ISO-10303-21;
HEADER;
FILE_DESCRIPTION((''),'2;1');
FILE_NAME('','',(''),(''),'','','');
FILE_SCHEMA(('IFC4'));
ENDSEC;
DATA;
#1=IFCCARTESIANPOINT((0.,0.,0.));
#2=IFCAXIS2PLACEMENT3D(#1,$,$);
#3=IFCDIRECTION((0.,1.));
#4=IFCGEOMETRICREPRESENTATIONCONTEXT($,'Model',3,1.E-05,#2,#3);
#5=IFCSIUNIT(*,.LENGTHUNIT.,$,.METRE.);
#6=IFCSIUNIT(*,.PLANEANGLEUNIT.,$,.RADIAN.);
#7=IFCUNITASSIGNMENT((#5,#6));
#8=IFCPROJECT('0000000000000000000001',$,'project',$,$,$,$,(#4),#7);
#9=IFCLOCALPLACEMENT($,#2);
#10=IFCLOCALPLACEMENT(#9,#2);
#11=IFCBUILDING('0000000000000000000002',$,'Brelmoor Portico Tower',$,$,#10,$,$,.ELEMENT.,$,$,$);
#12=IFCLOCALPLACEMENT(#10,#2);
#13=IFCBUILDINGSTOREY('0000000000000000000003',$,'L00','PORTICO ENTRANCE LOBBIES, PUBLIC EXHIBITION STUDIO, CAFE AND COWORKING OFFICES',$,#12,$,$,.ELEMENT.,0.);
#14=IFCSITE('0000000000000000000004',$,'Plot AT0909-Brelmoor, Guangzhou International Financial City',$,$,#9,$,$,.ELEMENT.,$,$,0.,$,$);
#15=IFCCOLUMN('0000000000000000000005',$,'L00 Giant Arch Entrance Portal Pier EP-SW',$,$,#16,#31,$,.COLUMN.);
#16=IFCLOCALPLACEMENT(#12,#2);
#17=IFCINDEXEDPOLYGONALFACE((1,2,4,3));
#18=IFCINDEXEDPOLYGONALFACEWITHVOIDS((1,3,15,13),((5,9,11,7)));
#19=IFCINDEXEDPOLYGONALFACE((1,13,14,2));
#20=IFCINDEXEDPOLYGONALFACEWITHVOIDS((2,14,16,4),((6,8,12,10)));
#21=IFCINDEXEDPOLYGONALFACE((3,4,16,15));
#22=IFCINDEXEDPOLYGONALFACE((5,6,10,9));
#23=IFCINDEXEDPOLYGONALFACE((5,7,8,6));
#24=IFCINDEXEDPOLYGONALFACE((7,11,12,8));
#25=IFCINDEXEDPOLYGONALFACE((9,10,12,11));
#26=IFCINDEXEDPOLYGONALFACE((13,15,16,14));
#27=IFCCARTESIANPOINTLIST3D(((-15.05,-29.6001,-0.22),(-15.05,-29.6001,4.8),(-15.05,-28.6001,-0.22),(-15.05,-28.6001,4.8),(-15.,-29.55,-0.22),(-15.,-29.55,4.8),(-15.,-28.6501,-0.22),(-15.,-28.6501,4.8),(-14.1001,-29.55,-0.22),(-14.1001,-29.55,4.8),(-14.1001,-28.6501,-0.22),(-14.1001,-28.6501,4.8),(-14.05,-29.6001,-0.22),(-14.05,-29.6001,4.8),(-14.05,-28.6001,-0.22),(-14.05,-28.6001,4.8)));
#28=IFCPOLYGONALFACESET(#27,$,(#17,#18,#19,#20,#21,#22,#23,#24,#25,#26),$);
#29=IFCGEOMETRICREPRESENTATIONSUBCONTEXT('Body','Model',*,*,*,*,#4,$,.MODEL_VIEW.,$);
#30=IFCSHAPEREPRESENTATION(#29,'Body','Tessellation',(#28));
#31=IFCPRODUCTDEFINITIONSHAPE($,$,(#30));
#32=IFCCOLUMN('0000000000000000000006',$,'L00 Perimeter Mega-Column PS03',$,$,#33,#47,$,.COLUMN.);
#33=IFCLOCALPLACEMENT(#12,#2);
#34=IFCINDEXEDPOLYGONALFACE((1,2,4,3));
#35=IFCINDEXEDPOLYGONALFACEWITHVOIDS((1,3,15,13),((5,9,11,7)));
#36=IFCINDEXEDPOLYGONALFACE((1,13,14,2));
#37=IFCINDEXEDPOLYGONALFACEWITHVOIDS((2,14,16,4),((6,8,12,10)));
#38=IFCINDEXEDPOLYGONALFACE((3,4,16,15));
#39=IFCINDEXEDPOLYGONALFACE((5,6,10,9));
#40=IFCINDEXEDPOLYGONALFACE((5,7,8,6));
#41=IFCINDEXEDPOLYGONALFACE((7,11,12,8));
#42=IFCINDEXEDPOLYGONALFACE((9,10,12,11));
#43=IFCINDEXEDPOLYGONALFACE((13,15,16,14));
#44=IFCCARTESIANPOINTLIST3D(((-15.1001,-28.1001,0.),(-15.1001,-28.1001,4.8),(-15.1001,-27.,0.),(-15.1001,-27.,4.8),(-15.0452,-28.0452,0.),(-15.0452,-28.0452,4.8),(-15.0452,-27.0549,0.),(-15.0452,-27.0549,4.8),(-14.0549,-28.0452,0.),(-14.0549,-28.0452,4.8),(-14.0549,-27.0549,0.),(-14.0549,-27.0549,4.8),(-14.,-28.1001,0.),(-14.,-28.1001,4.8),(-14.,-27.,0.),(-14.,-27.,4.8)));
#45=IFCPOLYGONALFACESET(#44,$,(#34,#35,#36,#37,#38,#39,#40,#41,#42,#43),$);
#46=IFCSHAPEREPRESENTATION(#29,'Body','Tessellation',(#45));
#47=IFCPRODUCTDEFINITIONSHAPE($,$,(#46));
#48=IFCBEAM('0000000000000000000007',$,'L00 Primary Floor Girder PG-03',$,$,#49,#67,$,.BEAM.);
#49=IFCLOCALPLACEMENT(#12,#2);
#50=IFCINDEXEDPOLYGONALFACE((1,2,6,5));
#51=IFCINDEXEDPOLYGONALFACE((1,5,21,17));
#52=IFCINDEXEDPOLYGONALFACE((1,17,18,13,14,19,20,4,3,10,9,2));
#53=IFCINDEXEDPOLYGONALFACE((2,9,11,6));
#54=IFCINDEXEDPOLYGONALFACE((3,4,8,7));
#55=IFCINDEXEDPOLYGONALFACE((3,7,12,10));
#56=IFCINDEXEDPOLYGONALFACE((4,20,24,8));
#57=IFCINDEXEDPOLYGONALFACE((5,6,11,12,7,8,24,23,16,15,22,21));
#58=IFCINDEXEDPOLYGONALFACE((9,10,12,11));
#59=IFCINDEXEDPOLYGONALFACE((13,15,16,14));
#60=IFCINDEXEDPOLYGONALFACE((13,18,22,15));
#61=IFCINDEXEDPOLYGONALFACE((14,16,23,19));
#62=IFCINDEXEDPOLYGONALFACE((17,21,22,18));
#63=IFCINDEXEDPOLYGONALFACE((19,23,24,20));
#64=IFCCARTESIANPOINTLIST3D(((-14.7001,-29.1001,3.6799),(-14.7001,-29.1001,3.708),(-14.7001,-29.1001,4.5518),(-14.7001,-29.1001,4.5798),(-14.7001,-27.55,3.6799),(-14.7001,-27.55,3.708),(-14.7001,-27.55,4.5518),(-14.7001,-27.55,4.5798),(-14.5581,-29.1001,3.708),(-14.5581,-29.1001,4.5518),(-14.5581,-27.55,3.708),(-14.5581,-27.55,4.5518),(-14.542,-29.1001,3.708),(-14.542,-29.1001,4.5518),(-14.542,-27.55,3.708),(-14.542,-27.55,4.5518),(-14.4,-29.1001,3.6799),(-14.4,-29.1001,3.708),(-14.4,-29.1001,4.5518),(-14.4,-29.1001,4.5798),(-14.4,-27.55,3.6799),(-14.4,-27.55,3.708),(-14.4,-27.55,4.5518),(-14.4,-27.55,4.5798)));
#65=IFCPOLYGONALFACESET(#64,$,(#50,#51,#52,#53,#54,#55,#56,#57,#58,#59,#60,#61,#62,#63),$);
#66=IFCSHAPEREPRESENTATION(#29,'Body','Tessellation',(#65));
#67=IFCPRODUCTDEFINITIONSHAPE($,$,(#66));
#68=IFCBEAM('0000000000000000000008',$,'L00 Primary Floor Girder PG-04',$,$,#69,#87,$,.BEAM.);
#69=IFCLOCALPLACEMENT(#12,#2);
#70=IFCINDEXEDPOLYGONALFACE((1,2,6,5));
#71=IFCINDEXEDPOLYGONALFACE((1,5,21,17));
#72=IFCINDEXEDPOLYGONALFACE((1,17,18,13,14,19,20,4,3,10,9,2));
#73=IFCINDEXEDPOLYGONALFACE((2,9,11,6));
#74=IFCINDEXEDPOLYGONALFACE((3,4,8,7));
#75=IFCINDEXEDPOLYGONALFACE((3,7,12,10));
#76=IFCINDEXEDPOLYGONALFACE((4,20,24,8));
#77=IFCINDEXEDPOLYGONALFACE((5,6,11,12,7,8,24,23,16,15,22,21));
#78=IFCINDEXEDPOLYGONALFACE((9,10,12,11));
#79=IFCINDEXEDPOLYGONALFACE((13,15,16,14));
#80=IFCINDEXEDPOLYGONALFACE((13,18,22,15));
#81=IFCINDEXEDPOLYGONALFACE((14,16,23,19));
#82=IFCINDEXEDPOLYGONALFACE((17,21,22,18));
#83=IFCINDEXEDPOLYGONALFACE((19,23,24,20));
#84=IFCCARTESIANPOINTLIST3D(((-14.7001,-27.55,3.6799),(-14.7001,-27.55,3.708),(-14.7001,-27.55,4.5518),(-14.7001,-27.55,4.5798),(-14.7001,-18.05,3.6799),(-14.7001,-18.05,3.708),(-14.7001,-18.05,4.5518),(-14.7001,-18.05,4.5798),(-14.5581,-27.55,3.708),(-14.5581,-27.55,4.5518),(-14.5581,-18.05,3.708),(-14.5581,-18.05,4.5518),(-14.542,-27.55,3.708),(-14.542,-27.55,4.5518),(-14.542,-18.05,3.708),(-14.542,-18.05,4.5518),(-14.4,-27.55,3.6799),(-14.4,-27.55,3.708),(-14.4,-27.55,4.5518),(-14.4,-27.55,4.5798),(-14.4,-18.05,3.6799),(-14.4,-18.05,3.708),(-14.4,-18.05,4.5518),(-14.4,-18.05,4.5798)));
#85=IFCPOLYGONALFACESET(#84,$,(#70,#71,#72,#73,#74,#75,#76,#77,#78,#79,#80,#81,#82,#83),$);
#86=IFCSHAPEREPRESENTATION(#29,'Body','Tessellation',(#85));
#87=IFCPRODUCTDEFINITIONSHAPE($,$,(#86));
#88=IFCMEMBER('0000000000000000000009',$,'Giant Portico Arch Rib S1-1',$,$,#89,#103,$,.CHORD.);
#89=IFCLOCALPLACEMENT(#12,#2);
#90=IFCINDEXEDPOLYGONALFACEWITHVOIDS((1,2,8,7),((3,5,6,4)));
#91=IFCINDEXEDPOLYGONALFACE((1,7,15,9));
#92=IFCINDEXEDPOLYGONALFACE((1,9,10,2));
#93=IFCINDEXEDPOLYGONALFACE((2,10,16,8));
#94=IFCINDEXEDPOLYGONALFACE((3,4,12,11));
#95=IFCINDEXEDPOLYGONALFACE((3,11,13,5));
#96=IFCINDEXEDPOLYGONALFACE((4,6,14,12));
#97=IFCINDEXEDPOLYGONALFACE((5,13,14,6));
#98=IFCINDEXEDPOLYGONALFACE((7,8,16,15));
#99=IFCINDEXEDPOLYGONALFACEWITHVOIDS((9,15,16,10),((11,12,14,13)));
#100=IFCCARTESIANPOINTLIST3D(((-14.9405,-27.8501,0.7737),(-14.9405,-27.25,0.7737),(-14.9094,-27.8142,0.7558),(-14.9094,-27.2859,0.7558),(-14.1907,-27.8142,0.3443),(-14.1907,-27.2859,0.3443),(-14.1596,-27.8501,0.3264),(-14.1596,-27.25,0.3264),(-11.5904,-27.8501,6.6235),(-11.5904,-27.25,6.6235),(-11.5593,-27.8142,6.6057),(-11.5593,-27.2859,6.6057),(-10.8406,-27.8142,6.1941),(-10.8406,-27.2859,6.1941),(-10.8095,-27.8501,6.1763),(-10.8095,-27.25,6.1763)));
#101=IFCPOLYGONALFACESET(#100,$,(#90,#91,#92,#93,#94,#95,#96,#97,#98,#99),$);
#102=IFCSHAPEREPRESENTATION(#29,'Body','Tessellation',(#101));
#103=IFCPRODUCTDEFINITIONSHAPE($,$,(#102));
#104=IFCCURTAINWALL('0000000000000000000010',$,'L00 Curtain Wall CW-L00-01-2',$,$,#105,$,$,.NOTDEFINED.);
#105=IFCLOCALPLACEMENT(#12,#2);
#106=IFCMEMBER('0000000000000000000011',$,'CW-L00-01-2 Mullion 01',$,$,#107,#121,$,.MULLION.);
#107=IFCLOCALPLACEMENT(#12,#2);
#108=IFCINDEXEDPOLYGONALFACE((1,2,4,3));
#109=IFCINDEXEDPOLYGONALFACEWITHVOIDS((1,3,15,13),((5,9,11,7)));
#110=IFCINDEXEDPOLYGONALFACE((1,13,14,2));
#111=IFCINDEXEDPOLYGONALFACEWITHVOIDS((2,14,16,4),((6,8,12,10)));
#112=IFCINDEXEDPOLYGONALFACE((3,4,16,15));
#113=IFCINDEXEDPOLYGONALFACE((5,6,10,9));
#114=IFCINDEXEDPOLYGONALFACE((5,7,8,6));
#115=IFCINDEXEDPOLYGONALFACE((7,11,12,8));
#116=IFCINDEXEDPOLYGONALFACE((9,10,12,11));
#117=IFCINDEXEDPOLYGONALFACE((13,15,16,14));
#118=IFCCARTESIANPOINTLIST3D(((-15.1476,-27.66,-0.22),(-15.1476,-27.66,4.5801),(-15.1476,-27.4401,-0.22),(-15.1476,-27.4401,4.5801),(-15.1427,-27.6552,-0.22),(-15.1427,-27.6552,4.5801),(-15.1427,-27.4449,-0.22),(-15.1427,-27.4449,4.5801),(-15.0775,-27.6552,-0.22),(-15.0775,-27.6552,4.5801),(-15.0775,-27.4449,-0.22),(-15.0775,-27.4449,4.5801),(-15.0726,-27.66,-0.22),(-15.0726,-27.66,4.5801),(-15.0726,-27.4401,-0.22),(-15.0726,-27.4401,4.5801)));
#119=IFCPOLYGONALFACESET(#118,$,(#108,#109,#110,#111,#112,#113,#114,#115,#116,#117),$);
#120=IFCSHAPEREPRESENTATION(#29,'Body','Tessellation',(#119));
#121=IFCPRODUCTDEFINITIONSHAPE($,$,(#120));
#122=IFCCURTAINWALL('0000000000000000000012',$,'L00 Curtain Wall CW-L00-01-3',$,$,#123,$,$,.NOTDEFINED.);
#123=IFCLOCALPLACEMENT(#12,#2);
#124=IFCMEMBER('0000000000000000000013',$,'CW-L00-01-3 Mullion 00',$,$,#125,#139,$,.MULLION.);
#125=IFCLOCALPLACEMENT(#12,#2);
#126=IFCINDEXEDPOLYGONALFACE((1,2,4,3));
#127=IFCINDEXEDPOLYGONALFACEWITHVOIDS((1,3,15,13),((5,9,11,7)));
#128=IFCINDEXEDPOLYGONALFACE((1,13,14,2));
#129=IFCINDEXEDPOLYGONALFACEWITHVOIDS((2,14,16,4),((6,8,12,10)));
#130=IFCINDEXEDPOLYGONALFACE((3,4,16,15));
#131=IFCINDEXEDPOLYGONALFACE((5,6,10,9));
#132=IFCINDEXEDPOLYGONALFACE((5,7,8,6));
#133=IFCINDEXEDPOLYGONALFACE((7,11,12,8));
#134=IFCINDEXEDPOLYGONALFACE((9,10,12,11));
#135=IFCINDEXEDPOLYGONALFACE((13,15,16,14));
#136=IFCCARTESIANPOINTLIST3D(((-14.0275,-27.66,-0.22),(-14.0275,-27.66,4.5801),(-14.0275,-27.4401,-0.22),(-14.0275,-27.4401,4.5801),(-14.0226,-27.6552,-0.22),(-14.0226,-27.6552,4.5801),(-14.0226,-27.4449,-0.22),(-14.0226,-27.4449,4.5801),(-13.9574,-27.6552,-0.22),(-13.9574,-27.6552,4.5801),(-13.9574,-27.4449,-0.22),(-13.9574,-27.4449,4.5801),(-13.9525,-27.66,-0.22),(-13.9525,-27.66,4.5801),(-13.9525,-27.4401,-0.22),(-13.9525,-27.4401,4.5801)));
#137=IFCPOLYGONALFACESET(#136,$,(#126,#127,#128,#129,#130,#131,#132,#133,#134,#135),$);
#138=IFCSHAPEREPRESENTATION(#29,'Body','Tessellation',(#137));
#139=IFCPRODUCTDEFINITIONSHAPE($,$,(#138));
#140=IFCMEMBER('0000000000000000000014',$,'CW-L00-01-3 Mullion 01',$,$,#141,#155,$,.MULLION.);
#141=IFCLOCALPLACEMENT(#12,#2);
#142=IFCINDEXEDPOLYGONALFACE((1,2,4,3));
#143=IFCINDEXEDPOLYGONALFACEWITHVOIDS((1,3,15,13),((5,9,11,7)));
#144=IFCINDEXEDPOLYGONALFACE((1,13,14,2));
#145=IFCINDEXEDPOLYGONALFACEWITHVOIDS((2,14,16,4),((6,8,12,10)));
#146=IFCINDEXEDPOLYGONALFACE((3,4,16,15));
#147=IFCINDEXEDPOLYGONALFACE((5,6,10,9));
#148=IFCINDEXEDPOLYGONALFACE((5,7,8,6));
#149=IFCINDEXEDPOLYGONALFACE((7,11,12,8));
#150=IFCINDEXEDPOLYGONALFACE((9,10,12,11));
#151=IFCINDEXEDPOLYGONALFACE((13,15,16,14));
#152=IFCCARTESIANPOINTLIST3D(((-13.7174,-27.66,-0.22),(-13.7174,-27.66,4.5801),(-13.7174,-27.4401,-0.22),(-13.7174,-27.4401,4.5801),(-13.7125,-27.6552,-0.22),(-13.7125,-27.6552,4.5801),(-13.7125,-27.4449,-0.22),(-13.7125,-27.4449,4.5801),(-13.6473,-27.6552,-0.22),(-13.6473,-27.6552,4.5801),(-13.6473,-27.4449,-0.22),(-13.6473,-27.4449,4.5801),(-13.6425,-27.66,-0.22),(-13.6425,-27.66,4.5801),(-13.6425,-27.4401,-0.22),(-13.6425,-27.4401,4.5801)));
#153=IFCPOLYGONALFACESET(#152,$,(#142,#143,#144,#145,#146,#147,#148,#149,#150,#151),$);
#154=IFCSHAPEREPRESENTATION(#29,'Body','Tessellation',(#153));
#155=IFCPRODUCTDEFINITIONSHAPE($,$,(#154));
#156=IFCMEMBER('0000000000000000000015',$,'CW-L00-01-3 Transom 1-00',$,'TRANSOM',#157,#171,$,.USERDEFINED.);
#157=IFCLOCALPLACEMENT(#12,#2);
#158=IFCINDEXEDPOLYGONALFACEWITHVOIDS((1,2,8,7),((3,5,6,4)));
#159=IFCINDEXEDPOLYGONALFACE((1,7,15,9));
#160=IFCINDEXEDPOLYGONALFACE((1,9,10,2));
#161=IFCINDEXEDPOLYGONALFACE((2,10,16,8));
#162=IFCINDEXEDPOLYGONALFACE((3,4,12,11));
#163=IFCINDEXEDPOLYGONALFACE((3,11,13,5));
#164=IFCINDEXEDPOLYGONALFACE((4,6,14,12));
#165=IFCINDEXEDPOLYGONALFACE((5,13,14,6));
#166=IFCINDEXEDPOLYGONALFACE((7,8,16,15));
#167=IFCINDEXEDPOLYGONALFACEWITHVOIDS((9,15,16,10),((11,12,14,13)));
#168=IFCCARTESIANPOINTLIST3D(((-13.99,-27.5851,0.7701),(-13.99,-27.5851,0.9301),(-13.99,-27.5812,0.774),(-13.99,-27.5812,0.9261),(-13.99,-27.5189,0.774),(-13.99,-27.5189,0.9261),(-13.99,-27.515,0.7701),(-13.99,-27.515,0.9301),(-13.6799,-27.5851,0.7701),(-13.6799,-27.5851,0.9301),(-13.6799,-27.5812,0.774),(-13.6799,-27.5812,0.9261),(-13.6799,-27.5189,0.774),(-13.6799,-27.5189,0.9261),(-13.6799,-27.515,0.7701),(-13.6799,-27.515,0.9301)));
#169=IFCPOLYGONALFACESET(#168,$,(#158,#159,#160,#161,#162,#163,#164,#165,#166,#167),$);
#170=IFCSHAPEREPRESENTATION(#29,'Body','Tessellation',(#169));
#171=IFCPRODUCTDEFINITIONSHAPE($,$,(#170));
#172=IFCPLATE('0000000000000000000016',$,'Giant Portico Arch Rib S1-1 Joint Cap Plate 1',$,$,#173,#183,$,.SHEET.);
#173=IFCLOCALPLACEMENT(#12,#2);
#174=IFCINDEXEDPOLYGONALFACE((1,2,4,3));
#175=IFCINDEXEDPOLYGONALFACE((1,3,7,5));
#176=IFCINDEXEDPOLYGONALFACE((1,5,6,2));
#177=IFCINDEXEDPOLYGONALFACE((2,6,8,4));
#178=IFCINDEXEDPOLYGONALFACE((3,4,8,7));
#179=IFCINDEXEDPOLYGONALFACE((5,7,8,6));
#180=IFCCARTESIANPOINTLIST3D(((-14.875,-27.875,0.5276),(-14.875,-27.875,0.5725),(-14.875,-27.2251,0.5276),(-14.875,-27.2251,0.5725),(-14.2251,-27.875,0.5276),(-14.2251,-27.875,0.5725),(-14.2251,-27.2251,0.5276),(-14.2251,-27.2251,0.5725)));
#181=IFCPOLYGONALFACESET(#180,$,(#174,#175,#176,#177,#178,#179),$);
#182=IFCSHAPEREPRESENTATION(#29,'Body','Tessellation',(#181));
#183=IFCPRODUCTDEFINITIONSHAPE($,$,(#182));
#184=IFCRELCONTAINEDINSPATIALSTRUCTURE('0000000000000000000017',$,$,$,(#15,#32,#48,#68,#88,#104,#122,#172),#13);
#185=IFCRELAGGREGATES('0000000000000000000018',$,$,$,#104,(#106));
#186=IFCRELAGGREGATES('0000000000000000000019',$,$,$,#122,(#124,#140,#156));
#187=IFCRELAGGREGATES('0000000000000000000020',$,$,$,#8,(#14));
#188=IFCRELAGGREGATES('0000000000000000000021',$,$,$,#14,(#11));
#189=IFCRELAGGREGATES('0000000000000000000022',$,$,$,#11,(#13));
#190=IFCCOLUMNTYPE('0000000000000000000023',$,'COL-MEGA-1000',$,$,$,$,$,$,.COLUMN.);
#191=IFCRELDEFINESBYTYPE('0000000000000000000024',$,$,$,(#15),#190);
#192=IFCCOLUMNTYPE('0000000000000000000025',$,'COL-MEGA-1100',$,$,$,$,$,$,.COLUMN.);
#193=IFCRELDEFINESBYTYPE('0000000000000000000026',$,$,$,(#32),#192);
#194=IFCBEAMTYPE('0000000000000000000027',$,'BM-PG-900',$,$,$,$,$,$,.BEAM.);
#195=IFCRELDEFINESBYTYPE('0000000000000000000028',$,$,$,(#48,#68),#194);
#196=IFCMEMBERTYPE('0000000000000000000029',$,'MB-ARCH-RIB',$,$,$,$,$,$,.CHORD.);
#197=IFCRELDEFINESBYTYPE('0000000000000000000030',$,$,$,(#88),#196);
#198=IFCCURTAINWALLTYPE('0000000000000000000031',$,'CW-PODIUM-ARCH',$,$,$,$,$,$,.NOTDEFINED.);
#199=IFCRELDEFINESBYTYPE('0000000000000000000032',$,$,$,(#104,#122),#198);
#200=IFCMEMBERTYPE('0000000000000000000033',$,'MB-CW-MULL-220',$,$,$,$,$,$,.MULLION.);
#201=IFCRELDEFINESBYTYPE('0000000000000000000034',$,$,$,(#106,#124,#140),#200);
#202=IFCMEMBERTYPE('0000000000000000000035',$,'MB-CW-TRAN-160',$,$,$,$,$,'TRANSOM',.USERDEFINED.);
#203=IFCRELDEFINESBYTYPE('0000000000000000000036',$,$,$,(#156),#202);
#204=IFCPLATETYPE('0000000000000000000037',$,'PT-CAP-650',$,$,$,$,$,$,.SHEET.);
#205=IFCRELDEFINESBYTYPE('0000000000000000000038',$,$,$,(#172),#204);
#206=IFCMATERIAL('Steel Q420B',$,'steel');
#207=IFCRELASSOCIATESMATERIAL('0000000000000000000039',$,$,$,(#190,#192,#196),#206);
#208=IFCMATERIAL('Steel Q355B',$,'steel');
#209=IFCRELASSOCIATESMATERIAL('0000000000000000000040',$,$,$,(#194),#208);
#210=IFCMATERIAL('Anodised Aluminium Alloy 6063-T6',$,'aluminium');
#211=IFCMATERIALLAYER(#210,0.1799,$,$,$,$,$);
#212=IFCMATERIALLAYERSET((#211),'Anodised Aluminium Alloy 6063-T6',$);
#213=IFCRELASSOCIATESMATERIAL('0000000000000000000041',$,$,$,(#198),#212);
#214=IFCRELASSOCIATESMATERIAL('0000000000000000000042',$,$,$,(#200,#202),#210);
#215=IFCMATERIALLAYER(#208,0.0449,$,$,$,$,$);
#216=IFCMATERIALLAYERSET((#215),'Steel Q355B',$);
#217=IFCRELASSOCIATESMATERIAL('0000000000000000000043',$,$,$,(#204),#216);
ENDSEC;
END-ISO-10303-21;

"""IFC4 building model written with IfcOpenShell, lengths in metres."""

from ifc_helpers import new_model, si_unit, direction, frame, origin, origin_2d, place, context, subcontext, project, spatial, rectangle, hollow_rectangle, i_section, extrude, material, layer, layer_set, material_profile, profile_set, type_object, element, aggregate, save


model = new_model("IFC4")

# Units and contexts
model_context = context("Model", 3, precision=1e-05, world=origin(), true_north=direction((0.0, 1.0)))
body_context = subcontext(model_context, "Body", "Model", "MODEL_VIEW")
ifc_project = project(units=[si_unit("LENGTHUNIT", "METRE"), si_unit("PLANEANGLEUNIT", "RADIAN")], contexts=[model_context])

# Site, building, storey
site_placement = place(None, origin())
site = spatial("IfcSite", under=ifc_project, at=site_placement, Name="Plot AT0909-Brelmoor, Guangzhou International Financial City", CompositionType="ELEMENT", RefElevation=0.0)
building_placement = place(site_placement, origin())
building = spatial("IfcBuilding", under=site, at=building_placement, Name="Brelmoor Portico Tower", CompositionType="ELEMENT")
storey_placement = place(building_placement, origin())
storey = spatial("IfcBuildingStorey", under=building, at=storey_placement, Name="L00", Description="PORTICO ENTRANCE LOBBIES, PUBLIC EXHIBITION STUDIO, CAFE AND COWORKING OFFICES", CompositionType="ELEMENT", Elevation=0.0)

# Columns
ifc_material_1 = material(Name="Steel Q420B", Category="steel")
ifc_material_profile_1 = material_profile(ifc_material_1, hollow_rectangle(XDim=1.0, YDim=1.0, WallThickness=0.05, at=origin_2d()), Name="BOX 1000x1000x50")
ifc_profile_set_1 = profile_set([ifc_material_profile_1], Name="Steel Q420B")
column_type_1 = type_object("IfcColumnType", Name="COL-MEGA-1000", PredefinedType="COLUMN", material=ifc_profile_set_1)
column_1_placement = place(storey_placement, frame((-14.55, -29.1001, -0.22), z_axis=(0.0, 0.0, 1.0), x_axis=(1.0, 0.0, 0.0)))
element("IfcColumn", 1, at=column_1_placement, inside=storey, type_object=column_type_1, Name="L00 Giant Arch Entrance Portal Pier EP-SW", PredefinedType="COLUMN", context=body_context, shape_type="SweptSolid", body=[
    extrude(hollow_rectangle(XDim=1.0, YDim=1.0, WallThickness=0.05, at=origin_2d()), origin(), (0.0, 0.0, 1.0), 5.02),
])
ifc_material_profile_2 = material_profile(ifc_material_1, hollow_rectangle(XDim=1.1001, YDim=1.1001, WallThickness=0.0549, at=origin_2d()), Name="BOX 1100x1100x55")
ifc_profile_set_2 = profile_set([ifc_material_profile_2], Name="Steel Q420B")
column_type_2 = type_object("IfcColumnType", Name="COL-MEGA-1100", PredefinedType="COLUMN", material=ifc_profile_set_2)
column_2_placement = place(storey_placement, frame((-14.55, -27.55, 0.0), z_axis=(0.0, 0.0, 1.0), x_axis=(1.0, 0.0, 0.0)))
element("IfcColumn", 2, at=column_2_placement, inside=storey, type_object=column_type_2, Name="L00 Perimeter Mega-Column PS03", PredefinedType="COLUMN", context=body_context, shape_type="SweptSolid", body=[
    extrude(hollow_rectangle(XDim=1.1001, YDim=1.1001, WallThickness=0.0549, at=origin_2d()), origin(), (0.0, 0.0, 1.0), 4.8),
])

# Beams
ifc_material_2 = material(Name="Steel Q355B", Category="steel")
ifc_material_profile_3 = material_profile(ifc_material_2, i_section(OverallWidth=0.3, OverallDepth=0.8999, WebThickness=0.0161, FlangeThickness=0.0281, at=origin_2d()), Name="HN 900x300x16x28")
ifc_profile_set_3 = profile_set([ifc_material_profile_3], Name="Steel Q355B")
beam_type = type_object("IfcBeamType", Name="BM-PG-900", PredefinedType="BEAM", material=ifc_profile_set_3)
beam_1_placement = place(storey_placement, frame((-14.55, -29.1001, 4.1299), z_axis=(0.0, 1.0, 0.0), x_axis=(-1.0, 0.0, 0.0)))
element("IfcBeam", 3, at=beam_1_placement, inside=storey, type_object=beam_type, Name="L00 Primary Floor Girder PG-03", PredefinedType="BEAM", context=body_context, shape_type="SweptSolid", body=[
    extrude(i_section(OverallWidth=0.3, OverallDepth=0.8999, WebThickness=0.0161, FlangeThickness=0.0281, at=origin_2d()), origin(), (0.0, 0.0, 1.0), 1.55),
])
beam_2_placement = place(storey_placement, frame((-14.55, -27.55, 4.1299), z_axis=(0.0, 1.0, 0.0), x_axis=(-1.0, 0.0, 0.0)))
element("IfcBeam", 4, at=beam_2_placement, inside=storey, type_object=beam_type, Name="L00 Primary Floor Girder PG-04", PredefinedType="BEAM", context=body_context, shape_type="SweptSolid", body=[
    extrude(i_section(OverallWidth=0.3, OverallDepth=0.8999, WebThickness=0.0161, FlangeThickness=0.0281, at=origin_2d()), origin(), (0.0, 0.0, 1.0), 9.5),
])

# Member
ifc_material_profile_4 = material_profile(ifc_material_1, hollow_rectangle(XDim=0.6001, YDim=0.8999, WallThickness=0.0359, at=origin_2d()), Name="RHS 600x900x36")
ifc_profile_set_4 = profile_set([ifc_material_profile_4], Name="Steel Q420B")
member_type_1 = type_object("IfcMemberType", Name="MB-ARCH-RIB", PredefinedType="CHORD", material=ifc_profile_set_4)
member_1_placement = place(storey_placement, frame((-14.55, -27.55, 0.55), z_axis=(0.496958, 0.0, 0.867775), x_axis=(0.0, 1.0, 0.0)))
element("IfcMember", 5, at=member_1_placement, inside=storey, type_object=member_type_1, Name="Giant Portico Arch Rib S1-1", PredefinedType="CHORD", context=body_context, shape_type="SweptSolid", body=[
    extrude(hollow_rectangle(XDim=0.6001, YDim=0.8999, WallThickness=0.0359, at=origin_2d()), origin(), (0.0, 0.0, 1.0), 6.7412),
])

# Curtain wall, member
ifc_material_3 = material(Name="Anodised Aluminium Alloy 6063-T6", Category="aluminium")
ifc_layer_1 = layer(ifc_material_3, 0.1799)
ifc_layer_set_1 = layer_set([ifc_layer_1], Name="Anodised Aluminium Alloy 6063-T6")
curtain_wall_type = type_object("IfcCurtainWallType", Name="CW-PODIUM-ARCH", PredefinedType="NOTDEFINED", material=ifc_layer_set_1)
curtain_wall_1_placement = place(storey_placement, origin())
curtain_wall_1 = element("IfcCurtainWall", 6, at=curtain_wall_1_placement, inside=storey, type_object=curtain_wall_type, Name="L00 Curtain Wall CW-L00-01-2", PredefinedType="NOTDEFINED")
ifc_material_profile_5 = material_profile(ifc_material_3, hollow_rectangle(XDim=0.075, YDim=0.22, WallThickness=0.0049, at=origin_2d()), Name="ALU MULLION 75x220")
ifc_profile_set_5 = profile_set([ifc_material_profile_5], Name="Anodised Aluminium Alloy 6063-T6")
member_type_2 = type_object("IfcMemberType", Name="MB-CW-MULL-220", PredefinedType="MULLION", material=ifc_profile_set_5)
member_2_placement = place(storey_placement, frame((-15.1101, -27.55, -0.22), z_axis=(0.0, 0.0, 1.0), x_axis=(1.0, 0.0, 0.0)))
member_2 = element("IfcMember", 7, at=member_2_placement, type_object=member_type_2, Name="CW-L00-01-2 Mullion 01", PredefinedType="MULLION", context=body_context, shape_type="SweptSolid", body=[
    extrude(hollow_rectangle(XDim=0.075, YDim=0.22, WallThickness=0.0049, at=origin_2d()), origin(), (0.0, 0.0, 1.0), 4.8),
])

# Curtain wall, members
curtain_wall_2_placement = place(storey_placement, origin())
curtain_wall_2 = element("IfcCurtainWall", 8, at=curtain_wall_2_placement, inside=storey, type_object=curtain_wall_type, Name="L00 Curtain Wall CW-L00-01-3", PredefinedType="NOTDEFINED")
member_3_placement = place(storey_placement, frame((-13.99, -27.55, -0.22), z_axis=(0.0, 0.0, 1.0), x_axis=(1.0, 0.0, 0.0)))
member_3 = element("IfcMember", 9, at=member_3_placement, type_object=member_type_2, Name="CW-L00-01-3 Mullion 00", PredefinedType="MULLION", context=body_context, shape_type="SweptSolid", body=[
    extrude(hollow_rectangle(XDim=0.075, YDim=0.22, WallThickness=0.0049, at=origin_2d()), origin(), (0.0, 0.0, 1.0), 4.8),
])
member_4_placement = place(storey_placement, frame((-13.6799, -27.55, -0.22), z_axis=(0.0, 0.0, 1.0), x_axis=(1.0, 0.0, 0.0)))
member_4 = element("IfcMember", 10, at=member_4_placement, type_object=member_type_2, Name="CW-L00-01-3 Mullion 01", PredefinedType="MULLION", context=body_context, shape_type="SweptSolid", body=[
    extrude(hollow_rectangle(XDim=0.075, YDim=0.22, WallThickness=0.0049, at=origin_2d()), origin(), (0.0, 0.0, 1.0), 4.8),
])
ifc_material_profile_6 = material_profile(ifc_material_3, hollow_rectangle(XDim=0.0701, YDim=0.1599, WallThickness=0.0039, at=origin_2d()), Name="ALU TRANSOM 70x160")
ifc_profile_set_6 = profile_set([ifc_material_profile_6], Name="Anodised Aluminium Alloy 6063-T6")
member_type_3 = type_object("IfcMemberType", Name="MB-CW-TRAN-160", ElementType="TRANSOM", PredefinedType="USERDEFINED", material=ifc_profile_set_6)
member_5_placement = place(storey_placement, frame((-13.99, -27.55, 0.8501), z_axis=(1.0, 0.0, 0.0), x_axis=(0.0, 1.0, 0.0)))
member_5 = element("IfcMember", 11, at=member_5_placement, type_object=member_type_3, Name="CW-L00-01-3 Transom 1-00", ObjectType="TRANSOM", PredefinedType="USERDEFINED", context=body_context, shape_type="SweptSolid", body=[
    extrude(hollow_rectangle(XDim=0.0701, YDim=0.1599, WallThickness=0.0039, at=origin_2d()), origin(), (0.0, 0.0, 1.0), 0.3101),
])

# Plate
ifc_layer_2 = layer(ifc_material_2, 0.0449)
ifc_layer_set_2 = layer_set([ifc_layer_2], Name="Steel Q355B")
plate_type_1 = type_object("IfcPlateType", Name="PT-CAP-650", PredefinedType="SHEET", material=ifc_layer_set_2)
plate_1_placement = place(storey_placement, frame((-14.55, -27.55, 0.5276), z_axis=(0.0, 0.0, 1.0), x_axis=(1.0, 0.0, 0.0)))
element("IfcPlate", 12, at=plate_1_placement, inside=storey, type_object=plate_type_1, Name="Giant Portico Arch Rib S1-1 Joint Cap Plate 1", PredefinedType="SHEET", context=body_context, shape_type="SweptSolid", body=[
    extrude(rectangle(XDim=0.6499, YDim=0.6499, at=origin_2d()), origin(), (0.0, 0.0, 1.0), 0.0449),
])
aggregate(curtain_wall_1, [member_2])
aggregate(curtain_wall_2, [member_3, member_4, member_5])

save(model, "model.ifc")
